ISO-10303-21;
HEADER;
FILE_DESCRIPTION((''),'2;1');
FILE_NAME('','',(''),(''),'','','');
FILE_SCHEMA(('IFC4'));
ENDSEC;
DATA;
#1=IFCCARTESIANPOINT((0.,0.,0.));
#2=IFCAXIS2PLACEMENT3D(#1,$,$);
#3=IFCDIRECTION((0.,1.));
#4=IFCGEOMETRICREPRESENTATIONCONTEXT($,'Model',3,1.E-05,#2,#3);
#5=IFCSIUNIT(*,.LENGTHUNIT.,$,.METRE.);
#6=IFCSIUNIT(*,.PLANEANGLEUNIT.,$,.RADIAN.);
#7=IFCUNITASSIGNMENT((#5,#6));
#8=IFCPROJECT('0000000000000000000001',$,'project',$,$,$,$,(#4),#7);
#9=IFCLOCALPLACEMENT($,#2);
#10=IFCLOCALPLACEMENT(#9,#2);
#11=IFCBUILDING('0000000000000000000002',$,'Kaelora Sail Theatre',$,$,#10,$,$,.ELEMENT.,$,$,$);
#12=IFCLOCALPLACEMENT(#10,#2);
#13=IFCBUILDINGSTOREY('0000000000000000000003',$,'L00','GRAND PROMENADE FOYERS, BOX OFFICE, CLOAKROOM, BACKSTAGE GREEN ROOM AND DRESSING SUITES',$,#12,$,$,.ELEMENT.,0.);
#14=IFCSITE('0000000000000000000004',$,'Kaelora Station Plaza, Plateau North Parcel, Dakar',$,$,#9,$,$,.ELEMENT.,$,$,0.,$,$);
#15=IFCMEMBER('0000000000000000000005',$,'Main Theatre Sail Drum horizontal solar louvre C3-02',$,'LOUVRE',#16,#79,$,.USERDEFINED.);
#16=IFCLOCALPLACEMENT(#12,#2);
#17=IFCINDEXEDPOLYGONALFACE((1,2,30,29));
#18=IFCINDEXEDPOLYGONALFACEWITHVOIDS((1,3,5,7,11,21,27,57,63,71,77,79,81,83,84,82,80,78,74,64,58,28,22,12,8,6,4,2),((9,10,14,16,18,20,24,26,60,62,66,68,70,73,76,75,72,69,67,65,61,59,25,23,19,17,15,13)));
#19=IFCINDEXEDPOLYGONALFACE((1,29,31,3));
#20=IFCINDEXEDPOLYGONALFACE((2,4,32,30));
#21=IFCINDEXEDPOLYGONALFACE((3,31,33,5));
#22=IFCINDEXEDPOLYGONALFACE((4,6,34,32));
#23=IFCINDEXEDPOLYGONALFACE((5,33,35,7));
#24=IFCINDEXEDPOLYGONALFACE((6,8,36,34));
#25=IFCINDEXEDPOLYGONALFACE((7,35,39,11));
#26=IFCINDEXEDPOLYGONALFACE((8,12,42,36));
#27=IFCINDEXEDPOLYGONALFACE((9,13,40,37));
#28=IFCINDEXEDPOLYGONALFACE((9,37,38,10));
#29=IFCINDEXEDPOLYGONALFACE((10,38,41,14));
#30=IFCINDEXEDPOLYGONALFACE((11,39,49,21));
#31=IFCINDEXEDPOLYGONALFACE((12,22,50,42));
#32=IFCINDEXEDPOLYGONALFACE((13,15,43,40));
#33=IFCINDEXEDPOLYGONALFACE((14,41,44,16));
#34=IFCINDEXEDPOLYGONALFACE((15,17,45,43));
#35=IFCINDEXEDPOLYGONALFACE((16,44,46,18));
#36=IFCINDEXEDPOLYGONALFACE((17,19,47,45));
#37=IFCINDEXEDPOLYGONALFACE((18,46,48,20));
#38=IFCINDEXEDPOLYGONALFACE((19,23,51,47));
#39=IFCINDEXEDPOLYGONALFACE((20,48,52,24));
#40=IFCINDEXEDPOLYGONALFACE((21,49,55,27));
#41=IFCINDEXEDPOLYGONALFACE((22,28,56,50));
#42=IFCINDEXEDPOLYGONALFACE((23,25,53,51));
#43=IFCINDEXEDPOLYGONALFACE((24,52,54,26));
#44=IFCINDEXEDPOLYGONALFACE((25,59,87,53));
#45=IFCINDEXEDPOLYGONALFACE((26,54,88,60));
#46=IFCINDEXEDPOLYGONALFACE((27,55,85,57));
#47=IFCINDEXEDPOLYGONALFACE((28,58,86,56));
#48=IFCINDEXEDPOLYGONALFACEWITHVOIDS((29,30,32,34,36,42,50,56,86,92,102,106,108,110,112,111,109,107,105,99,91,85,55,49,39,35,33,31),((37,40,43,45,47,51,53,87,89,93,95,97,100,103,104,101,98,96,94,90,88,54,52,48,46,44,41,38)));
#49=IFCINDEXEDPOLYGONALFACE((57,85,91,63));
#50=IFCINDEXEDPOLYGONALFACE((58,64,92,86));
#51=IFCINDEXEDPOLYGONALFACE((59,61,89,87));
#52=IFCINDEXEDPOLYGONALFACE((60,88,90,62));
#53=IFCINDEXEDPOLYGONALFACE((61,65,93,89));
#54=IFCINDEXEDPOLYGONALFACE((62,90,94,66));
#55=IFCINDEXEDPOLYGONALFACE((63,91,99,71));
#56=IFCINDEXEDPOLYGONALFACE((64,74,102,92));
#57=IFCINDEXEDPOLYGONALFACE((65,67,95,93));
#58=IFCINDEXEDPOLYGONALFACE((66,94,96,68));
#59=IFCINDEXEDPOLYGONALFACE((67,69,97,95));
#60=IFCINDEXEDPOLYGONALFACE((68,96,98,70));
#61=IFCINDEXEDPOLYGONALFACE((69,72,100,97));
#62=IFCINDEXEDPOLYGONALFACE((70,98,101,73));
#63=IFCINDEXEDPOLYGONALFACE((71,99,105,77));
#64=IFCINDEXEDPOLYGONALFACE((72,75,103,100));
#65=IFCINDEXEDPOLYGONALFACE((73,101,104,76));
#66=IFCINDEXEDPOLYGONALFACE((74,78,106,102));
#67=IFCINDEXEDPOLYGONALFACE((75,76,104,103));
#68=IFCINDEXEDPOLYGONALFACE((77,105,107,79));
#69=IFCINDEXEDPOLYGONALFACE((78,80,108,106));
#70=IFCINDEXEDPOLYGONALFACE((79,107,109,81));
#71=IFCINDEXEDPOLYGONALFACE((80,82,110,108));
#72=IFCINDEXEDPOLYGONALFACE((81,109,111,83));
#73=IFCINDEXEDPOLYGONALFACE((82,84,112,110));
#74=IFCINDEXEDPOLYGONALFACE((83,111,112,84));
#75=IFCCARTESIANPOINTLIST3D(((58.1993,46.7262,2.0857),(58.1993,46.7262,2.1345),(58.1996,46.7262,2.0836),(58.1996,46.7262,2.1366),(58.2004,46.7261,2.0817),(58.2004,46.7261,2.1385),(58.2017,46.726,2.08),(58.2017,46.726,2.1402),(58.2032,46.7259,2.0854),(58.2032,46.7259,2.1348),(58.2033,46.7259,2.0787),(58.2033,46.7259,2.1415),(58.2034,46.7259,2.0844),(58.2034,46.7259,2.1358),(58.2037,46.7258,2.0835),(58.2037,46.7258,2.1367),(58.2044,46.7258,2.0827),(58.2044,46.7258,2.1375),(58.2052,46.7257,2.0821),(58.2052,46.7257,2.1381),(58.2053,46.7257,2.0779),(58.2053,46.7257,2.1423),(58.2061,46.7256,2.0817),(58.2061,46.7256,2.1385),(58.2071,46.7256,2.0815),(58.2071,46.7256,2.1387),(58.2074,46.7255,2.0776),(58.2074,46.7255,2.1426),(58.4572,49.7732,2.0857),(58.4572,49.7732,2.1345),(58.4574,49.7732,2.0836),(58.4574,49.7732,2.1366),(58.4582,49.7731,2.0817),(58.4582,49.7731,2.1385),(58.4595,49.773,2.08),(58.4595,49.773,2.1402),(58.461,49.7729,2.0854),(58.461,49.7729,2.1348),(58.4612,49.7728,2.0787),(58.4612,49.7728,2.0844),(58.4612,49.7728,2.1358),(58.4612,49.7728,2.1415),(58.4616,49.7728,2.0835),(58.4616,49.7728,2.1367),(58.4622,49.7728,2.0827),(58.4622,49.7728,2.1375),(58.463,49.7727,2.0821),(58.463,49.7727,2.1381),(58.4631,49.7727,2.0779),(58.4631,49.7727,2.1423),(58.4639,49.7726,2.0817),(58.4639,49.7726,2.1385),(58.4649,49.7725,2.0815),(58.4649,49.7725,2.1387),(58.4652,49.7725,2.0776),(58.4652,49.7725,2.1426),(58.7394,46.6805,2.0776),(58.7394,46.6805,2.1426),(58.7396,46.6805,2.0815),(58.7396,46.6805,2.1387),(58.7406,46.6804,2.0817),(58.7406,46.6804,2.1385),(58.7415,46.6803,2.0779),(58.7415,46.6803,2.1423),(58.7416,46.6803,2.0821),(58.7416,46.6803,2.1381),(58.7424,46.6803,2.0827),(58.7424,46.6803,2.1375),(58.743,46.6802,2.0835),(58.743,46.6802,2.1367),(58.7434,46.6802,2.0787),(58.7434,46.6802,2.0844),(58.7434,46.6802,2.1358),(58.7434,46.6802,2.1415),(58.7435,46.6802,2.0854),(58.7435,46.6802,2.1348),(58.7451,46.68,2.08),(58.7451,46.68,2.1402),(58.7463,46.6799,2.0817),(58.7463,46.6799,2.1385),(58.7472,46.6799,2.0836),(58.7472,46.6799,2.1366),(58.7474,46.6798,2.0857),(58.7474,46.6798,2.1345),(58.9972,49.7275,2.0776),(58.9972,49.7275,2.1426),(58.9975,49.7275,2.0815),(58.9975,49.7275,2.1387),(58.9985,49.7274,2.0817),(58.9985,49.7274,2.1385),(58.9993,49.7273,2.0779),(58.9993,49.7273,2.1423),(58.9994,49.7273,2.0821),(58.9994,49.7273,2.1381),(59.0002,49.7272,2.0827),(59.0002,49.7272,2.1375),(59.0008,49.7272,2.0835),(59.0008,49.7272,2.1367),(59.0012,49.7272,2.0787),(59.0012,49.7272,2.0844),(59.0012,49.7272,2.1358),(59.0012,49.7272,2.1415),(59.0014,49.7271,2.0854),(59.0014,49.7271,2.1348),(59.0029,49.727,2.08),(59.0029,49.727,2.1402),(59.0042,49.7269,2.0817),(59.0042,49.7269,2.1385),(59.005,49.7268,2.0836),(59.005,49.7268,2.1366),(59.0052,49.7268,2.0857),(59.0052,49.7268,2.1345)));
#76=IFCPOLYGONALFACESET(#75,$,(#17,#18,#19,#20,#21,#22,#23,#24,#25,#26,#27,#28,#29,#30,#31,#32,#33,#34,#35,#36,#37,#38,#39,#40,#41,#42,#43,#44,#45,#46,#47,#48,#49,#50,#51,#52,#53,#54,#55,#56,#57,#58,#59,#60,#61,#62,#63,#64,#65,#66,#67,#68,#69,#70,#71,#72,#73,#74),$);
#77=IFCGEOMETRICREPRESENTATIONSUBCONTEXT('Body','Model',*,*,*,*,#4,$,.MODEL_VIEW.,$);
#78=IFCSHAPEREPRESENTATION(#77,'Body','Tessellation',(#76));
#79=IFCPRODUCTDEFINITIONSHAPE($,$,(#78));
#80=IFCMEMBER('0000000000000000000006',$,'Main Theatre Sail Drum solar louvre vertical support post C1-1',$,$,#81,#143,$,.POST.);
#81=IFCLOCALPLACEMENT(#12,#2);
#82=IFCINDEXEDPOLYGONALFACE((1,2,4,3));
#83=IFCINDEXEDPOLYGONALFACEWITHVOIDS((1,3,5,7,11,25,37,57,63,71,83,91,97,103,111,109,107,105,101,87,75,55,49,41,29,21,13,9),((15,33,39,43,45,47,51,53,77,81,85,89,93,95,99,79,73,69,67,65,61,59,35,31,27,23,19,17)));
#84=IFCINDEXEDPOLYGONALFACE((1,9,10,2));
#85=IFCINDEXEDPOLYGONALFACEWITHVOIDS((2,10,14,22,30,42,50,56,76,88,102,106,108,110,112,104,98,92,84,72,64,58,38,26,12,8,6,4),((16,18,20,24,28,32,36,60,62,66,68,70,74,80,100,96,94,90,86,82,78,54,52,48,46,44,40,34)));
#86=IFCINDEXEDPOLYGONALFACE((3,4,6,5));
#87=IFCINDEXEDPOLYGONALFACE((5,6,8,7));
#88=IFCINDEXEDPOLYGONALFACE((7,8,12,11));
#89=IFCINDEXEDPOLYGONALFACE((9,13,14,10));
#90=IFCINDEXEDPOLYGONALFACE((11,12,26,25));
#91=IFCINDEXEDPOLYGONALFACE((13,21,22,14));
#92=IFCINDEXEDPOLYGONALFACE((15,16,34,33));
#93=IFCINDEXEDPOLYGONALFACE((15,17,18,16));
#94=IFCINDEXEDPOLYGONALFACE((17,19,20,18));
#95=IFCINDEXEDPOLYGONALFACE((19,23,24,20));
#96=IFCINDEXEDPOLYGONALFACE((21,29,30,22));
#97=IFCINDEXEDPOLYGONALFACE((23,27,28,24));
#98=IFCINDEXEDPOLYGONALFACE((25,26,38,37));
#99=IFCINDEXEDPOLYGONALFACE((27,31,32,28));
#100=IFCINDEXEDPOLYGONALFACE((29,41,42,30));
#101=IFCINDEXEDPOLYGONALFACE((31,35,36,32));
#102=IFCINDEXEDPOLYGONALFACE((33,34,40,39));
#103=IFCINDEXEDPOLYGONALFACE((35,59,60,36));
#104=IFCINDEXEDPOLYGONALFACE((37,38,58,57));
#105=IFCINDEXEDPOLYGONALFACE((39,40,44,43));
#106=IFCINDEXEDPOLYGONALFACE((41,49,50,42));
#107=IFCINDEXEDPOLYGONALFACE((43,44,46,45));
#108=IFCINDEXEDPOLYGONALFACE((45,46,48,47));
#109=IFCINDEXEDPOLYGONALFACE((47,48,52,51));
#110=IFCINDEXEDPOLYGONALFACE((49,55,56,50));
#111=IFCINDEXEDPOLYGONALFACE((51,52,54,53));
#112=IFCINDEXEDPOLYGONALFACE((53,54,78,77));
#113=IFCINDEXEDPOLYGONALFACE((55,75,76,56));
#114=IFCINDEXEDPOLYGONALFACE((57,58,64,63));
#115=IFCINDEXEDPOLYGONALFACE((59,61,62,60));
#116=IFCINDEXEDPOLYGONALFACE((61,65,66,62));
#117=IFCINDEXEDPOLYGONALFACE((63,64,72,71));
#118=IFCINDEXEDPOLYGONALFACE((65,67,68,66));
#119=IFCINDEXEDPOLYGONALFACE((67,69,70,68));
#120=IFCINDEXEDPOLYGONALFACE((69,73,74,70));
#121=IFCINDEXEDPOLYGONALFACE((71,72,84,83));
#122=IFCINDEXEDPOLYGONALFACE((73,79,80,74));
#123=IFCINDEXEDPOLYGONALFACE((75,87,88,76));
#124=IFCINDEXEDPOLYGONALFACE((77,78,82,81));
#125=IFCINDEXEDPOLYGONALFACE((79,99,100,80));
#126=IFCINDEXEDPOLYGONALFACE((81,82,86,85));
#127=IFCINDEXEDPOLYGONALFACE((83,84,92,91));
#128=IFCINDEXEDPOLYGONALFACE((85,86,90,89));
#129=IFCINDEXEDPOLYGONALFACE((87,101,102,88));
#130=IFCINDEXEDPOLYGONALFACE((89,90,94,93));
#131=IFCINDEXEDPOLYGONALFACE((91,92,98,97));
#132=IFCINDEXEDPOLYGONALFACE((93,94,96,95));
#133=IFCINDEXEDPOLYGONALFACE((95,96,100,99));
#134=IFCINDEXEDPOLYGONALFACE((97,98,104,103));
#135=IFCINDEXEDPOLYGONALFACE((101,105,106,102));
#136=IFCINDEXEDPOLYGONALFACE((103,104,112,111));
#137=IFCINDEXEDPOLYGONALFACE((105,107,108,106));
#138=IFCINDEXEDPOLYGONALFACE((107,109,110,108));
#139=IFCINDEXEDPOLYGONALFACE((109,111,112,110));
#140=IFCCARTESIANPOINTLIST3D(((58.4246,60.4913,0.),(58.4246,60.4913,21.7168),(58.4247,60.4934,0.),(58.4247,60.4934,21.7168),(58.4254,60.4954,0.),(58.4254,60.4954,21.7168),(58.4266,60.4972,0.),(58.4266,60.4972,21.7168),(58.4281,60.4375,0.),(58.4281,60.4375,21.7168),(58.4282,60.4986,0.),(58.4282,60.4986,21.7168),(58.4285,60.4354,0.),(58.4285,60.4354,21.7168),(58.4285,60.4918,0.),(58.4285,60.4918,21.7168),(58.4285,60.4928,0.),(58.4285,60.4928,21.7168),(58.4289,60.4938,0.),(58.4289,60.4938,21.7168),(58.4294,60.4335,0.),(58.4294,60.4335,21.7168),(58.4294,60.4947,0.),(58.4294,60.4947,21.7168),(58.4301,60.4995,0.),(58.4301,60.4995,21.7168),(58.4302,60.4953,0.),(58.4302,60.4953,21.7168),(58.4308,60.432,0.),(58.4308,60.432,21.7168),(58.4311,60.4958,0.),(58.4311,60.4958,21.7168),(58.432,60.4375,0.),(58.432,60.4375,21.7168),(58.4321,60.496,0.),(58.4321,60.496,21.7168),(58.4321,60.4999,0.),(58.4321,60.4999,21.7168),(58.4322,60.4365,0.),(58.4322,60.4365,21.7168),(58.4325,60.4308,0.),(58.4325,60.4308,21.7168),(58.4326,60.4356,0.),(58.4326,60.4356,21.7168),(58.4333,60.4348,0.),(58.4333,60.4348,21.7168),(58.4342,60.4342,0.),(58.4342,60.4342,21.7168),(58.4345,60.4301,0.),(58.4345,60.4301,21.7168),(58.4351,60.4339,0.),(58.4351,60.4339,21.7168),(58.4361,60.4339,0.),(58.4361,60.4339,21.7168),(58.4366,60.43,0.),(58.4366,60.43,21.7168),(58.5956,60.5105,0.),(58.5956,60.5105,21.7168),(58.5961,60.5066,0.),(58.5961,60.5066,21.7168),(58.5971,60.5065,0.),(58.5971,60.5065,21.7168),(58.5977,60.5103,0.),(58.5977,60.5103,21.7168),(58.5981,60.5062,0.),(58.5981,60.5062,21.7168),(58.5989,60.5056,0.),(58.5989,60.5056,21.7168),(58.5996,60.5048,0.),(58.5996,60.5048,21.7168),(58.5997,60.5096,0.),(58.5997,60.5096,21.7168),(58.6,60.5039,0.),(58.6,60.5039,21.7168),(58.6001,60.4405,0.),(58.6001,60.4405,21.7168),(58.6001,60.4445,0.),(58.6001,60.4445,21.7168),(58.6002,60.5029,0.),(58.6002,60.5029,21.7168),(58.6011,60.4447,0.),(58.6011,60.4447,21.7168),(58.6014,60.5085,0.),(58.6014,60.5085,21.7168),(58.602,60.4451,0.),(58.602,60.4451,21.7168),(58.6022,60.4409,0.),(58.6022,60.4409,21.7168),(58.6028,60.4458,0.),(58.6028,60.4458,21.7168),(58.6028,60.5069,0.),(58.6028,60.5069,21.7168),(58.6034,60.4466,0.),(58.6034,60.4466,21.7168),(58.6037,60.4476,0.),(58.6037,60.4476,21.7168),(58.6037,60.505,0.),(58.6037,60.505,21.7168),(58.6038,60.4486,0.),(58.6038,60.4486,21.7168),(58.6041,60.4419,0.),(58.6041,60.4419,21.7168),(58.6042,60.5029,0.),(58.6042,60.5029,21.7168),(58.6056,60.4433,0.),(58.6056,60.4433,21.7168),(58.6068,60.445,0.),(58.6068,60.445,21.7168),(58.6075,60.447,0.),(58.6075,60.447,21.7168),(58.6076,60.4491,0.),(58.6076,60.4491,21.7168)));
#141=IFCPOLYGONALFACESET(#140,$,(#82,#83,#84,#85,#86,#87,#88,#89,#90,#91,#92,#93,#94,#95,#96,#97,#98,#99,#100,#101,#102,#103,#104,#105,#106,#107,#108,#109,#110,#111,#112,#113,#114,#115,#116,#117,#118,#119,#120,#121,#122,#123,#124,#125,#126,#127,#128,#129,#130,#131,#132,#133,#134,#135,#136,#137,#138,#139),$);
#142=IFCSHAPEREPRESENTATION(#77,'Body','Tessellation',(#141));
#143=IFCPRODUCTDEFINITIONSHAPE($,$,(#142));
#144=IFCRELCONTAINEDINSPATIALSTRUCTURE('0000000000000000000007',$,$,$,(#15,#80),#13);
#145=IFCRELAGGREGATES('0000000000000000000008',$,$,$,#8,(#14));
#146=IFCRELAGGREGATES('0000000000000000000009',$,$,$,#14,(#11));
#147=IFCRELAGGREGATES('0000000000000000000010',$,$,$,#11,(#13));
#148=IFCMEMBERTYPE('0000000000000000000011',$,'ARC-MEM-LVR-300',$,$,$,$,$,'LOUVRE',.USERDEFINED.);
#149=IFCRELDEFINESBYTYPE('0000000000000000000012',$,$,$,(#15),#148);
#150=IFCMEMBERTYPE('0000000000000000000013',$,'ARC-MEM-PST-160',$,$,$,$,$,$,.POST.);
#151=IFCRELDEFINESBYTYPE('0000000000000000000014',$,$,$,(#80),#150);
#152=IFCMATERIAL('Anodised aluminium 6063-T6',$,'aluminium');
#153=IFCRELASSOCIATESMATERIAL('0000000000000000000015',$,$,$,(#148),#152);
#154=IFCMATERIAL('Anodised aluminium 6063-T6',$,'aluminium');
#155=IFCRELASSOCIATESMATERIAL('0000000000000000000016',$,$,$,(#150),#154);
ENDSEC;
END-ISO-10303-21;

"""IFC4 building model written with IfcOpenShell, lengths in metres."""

from ifc_helpers import new_model, si_unit, direction, frame, origin, origin_2d, place, context, subcontext, project, spatial, hollow_rectangle, extrude, material, material_profile, profile_set, type_object, element, save


model = new_model("IFC4")

# Units and contexts
model_context = context("Model", 3, precision=1e-05, world=origin(), true_north=direction((0.0, 1.0)))
body_context = subcontext(model_context, "Body", "Model", "MODEL_VIEW")
ifc_project = project(units=[si_unit("LENGTHUNIT", "METRE"), si_unit("PLANEANGLEUNIT", "RADIAN")], contexts=[model_context])

# Site, building, storey
site_placement = place(None, origin())
site = spatial("IfcSite", under=ifc_project, at=site_placement, Name="Kaelora Station Plaza, Plateau North Parcel, Dakar", CompositionType="ELEMENT", RefElevation=0.0)
building_placement = place(site_placement, origin())
building = spatial("IfcBuilding", under=site, at=building_placement, Name="Kaelora Sail Theatre", CompositionType="ELEMENT")
storey_placement = place(building_placement, origin())
storey = spatial("IfcBuildingStorey", under=building, at=storey_placement, Name="L00", Description="GRAND PROMENADE FOYERS, BOX OFFICE, CLOAKROOM, BACKSTAGE GREEN ROOM AND DRESSING SUITES", CompositionType="ELEMENT", Elevation=0.0)

# Members
ifc_material_1 = material(Name="Anodised aluminium 6063-T6", Category="aluminium")
ifc_material_profile_1 = material_profile(ifc_material_1, hollow_rectangle(XDim=0.55, YDim=0.0649, WallThickness=0.0039, InnerFilletRadius=0.0039, OuterFilletRadius=0.0081, at=origin_2d()), Name="LOUVRE 550x65x4")
ifc_profile_set_1 = profile_set([ifc_material_profile_1], Name="Anodised aluminium 6063-T6")
member_type_1 = type_object("IfcMemberType", Name="ARC-MEM-LVR-300", ElementType="LOUVRE", PredefinedType="USERDEFINED", material=ifc_profile_set_1)
for number, where, z_axis, x_axis, name in (
    (1, (58.7312, 49.75, 2.1101), (-0.084314, -0.996439, 0.0), (0.996439, -0.084314, 0.0), "Main Theatre Sail Drum horizontal solar louvre C3-02"),
):
    element("IfcMember", number, at=place(storey_placement, frame(where, z_axis=z_axis, x_axis=x_axis)), inside=storey, type_object=member_type_1, Name=name, ObjectType="LOUVRE", PredefinedType="USERDEFINED", context=body_context, shape_type="SweptSolid", body=[
        extrude(hollow_rectangle(XDim=0.55, YDim=0.0649, WallThickness=0.0039, InnerFilletRadius=0.0039, OuterFilletRadius=0.0081, at=origin_2d()), origin(), (0.0, 0.0, 1.0), 3.0579),
    ])
ifc_material_2 = material(Name="Anodised aluminium 6063-T6", Category="aluminium")
ifc_material_profile_2 = material_profile(ifc_material_2, hollow_rectangle(XDim=0.0701, YDim=0.1799, WallThickness=0.0039, InnerFilletRadius=0.0039, OuterFilletRadius=0.0081, at=origin_2d()), Name="ALU-MULL 70x180x4")
ifc_profile_set_2 = profile_set([ifc_material_profile_2], Name="Anodised aluminium 6063-T6")
member_type_2 = type_object("IfcMemberType", Name="ARC-MEM-PST-160", PredefinedType="POST", material=ifc_profile_set_2)
for number, where, z_axis, x_axis, name in (
    (2, (58.5161, 60.4702, 0.0), (0.0, 0.0, 1.0), (0.064532, -0.997916, 0.0), "Main Theatre Sail Drum solar louvre vertical support post C1-1"),
):
    element("IfcMember", number, at=place(storey_placement, frame(where, z_axis=z_axis, x_axis=x_axis)), inside=storey, type_object=member_type_2, Name=name, PredefinedType="POST", context=body_context, shape_type="SweptSolid", body=[
        extrude(hollow_rectangle(XDim=0.0701, YDim=0.1799, WallThickness=0.0039, InnerFilletRadius=0.0039, OuterFilletRadius=0.0081, at=origin_2d()), origin(), (0.0, 0.0, 1.0), 21.7168),
    ])

save(model, "model.ifc")
